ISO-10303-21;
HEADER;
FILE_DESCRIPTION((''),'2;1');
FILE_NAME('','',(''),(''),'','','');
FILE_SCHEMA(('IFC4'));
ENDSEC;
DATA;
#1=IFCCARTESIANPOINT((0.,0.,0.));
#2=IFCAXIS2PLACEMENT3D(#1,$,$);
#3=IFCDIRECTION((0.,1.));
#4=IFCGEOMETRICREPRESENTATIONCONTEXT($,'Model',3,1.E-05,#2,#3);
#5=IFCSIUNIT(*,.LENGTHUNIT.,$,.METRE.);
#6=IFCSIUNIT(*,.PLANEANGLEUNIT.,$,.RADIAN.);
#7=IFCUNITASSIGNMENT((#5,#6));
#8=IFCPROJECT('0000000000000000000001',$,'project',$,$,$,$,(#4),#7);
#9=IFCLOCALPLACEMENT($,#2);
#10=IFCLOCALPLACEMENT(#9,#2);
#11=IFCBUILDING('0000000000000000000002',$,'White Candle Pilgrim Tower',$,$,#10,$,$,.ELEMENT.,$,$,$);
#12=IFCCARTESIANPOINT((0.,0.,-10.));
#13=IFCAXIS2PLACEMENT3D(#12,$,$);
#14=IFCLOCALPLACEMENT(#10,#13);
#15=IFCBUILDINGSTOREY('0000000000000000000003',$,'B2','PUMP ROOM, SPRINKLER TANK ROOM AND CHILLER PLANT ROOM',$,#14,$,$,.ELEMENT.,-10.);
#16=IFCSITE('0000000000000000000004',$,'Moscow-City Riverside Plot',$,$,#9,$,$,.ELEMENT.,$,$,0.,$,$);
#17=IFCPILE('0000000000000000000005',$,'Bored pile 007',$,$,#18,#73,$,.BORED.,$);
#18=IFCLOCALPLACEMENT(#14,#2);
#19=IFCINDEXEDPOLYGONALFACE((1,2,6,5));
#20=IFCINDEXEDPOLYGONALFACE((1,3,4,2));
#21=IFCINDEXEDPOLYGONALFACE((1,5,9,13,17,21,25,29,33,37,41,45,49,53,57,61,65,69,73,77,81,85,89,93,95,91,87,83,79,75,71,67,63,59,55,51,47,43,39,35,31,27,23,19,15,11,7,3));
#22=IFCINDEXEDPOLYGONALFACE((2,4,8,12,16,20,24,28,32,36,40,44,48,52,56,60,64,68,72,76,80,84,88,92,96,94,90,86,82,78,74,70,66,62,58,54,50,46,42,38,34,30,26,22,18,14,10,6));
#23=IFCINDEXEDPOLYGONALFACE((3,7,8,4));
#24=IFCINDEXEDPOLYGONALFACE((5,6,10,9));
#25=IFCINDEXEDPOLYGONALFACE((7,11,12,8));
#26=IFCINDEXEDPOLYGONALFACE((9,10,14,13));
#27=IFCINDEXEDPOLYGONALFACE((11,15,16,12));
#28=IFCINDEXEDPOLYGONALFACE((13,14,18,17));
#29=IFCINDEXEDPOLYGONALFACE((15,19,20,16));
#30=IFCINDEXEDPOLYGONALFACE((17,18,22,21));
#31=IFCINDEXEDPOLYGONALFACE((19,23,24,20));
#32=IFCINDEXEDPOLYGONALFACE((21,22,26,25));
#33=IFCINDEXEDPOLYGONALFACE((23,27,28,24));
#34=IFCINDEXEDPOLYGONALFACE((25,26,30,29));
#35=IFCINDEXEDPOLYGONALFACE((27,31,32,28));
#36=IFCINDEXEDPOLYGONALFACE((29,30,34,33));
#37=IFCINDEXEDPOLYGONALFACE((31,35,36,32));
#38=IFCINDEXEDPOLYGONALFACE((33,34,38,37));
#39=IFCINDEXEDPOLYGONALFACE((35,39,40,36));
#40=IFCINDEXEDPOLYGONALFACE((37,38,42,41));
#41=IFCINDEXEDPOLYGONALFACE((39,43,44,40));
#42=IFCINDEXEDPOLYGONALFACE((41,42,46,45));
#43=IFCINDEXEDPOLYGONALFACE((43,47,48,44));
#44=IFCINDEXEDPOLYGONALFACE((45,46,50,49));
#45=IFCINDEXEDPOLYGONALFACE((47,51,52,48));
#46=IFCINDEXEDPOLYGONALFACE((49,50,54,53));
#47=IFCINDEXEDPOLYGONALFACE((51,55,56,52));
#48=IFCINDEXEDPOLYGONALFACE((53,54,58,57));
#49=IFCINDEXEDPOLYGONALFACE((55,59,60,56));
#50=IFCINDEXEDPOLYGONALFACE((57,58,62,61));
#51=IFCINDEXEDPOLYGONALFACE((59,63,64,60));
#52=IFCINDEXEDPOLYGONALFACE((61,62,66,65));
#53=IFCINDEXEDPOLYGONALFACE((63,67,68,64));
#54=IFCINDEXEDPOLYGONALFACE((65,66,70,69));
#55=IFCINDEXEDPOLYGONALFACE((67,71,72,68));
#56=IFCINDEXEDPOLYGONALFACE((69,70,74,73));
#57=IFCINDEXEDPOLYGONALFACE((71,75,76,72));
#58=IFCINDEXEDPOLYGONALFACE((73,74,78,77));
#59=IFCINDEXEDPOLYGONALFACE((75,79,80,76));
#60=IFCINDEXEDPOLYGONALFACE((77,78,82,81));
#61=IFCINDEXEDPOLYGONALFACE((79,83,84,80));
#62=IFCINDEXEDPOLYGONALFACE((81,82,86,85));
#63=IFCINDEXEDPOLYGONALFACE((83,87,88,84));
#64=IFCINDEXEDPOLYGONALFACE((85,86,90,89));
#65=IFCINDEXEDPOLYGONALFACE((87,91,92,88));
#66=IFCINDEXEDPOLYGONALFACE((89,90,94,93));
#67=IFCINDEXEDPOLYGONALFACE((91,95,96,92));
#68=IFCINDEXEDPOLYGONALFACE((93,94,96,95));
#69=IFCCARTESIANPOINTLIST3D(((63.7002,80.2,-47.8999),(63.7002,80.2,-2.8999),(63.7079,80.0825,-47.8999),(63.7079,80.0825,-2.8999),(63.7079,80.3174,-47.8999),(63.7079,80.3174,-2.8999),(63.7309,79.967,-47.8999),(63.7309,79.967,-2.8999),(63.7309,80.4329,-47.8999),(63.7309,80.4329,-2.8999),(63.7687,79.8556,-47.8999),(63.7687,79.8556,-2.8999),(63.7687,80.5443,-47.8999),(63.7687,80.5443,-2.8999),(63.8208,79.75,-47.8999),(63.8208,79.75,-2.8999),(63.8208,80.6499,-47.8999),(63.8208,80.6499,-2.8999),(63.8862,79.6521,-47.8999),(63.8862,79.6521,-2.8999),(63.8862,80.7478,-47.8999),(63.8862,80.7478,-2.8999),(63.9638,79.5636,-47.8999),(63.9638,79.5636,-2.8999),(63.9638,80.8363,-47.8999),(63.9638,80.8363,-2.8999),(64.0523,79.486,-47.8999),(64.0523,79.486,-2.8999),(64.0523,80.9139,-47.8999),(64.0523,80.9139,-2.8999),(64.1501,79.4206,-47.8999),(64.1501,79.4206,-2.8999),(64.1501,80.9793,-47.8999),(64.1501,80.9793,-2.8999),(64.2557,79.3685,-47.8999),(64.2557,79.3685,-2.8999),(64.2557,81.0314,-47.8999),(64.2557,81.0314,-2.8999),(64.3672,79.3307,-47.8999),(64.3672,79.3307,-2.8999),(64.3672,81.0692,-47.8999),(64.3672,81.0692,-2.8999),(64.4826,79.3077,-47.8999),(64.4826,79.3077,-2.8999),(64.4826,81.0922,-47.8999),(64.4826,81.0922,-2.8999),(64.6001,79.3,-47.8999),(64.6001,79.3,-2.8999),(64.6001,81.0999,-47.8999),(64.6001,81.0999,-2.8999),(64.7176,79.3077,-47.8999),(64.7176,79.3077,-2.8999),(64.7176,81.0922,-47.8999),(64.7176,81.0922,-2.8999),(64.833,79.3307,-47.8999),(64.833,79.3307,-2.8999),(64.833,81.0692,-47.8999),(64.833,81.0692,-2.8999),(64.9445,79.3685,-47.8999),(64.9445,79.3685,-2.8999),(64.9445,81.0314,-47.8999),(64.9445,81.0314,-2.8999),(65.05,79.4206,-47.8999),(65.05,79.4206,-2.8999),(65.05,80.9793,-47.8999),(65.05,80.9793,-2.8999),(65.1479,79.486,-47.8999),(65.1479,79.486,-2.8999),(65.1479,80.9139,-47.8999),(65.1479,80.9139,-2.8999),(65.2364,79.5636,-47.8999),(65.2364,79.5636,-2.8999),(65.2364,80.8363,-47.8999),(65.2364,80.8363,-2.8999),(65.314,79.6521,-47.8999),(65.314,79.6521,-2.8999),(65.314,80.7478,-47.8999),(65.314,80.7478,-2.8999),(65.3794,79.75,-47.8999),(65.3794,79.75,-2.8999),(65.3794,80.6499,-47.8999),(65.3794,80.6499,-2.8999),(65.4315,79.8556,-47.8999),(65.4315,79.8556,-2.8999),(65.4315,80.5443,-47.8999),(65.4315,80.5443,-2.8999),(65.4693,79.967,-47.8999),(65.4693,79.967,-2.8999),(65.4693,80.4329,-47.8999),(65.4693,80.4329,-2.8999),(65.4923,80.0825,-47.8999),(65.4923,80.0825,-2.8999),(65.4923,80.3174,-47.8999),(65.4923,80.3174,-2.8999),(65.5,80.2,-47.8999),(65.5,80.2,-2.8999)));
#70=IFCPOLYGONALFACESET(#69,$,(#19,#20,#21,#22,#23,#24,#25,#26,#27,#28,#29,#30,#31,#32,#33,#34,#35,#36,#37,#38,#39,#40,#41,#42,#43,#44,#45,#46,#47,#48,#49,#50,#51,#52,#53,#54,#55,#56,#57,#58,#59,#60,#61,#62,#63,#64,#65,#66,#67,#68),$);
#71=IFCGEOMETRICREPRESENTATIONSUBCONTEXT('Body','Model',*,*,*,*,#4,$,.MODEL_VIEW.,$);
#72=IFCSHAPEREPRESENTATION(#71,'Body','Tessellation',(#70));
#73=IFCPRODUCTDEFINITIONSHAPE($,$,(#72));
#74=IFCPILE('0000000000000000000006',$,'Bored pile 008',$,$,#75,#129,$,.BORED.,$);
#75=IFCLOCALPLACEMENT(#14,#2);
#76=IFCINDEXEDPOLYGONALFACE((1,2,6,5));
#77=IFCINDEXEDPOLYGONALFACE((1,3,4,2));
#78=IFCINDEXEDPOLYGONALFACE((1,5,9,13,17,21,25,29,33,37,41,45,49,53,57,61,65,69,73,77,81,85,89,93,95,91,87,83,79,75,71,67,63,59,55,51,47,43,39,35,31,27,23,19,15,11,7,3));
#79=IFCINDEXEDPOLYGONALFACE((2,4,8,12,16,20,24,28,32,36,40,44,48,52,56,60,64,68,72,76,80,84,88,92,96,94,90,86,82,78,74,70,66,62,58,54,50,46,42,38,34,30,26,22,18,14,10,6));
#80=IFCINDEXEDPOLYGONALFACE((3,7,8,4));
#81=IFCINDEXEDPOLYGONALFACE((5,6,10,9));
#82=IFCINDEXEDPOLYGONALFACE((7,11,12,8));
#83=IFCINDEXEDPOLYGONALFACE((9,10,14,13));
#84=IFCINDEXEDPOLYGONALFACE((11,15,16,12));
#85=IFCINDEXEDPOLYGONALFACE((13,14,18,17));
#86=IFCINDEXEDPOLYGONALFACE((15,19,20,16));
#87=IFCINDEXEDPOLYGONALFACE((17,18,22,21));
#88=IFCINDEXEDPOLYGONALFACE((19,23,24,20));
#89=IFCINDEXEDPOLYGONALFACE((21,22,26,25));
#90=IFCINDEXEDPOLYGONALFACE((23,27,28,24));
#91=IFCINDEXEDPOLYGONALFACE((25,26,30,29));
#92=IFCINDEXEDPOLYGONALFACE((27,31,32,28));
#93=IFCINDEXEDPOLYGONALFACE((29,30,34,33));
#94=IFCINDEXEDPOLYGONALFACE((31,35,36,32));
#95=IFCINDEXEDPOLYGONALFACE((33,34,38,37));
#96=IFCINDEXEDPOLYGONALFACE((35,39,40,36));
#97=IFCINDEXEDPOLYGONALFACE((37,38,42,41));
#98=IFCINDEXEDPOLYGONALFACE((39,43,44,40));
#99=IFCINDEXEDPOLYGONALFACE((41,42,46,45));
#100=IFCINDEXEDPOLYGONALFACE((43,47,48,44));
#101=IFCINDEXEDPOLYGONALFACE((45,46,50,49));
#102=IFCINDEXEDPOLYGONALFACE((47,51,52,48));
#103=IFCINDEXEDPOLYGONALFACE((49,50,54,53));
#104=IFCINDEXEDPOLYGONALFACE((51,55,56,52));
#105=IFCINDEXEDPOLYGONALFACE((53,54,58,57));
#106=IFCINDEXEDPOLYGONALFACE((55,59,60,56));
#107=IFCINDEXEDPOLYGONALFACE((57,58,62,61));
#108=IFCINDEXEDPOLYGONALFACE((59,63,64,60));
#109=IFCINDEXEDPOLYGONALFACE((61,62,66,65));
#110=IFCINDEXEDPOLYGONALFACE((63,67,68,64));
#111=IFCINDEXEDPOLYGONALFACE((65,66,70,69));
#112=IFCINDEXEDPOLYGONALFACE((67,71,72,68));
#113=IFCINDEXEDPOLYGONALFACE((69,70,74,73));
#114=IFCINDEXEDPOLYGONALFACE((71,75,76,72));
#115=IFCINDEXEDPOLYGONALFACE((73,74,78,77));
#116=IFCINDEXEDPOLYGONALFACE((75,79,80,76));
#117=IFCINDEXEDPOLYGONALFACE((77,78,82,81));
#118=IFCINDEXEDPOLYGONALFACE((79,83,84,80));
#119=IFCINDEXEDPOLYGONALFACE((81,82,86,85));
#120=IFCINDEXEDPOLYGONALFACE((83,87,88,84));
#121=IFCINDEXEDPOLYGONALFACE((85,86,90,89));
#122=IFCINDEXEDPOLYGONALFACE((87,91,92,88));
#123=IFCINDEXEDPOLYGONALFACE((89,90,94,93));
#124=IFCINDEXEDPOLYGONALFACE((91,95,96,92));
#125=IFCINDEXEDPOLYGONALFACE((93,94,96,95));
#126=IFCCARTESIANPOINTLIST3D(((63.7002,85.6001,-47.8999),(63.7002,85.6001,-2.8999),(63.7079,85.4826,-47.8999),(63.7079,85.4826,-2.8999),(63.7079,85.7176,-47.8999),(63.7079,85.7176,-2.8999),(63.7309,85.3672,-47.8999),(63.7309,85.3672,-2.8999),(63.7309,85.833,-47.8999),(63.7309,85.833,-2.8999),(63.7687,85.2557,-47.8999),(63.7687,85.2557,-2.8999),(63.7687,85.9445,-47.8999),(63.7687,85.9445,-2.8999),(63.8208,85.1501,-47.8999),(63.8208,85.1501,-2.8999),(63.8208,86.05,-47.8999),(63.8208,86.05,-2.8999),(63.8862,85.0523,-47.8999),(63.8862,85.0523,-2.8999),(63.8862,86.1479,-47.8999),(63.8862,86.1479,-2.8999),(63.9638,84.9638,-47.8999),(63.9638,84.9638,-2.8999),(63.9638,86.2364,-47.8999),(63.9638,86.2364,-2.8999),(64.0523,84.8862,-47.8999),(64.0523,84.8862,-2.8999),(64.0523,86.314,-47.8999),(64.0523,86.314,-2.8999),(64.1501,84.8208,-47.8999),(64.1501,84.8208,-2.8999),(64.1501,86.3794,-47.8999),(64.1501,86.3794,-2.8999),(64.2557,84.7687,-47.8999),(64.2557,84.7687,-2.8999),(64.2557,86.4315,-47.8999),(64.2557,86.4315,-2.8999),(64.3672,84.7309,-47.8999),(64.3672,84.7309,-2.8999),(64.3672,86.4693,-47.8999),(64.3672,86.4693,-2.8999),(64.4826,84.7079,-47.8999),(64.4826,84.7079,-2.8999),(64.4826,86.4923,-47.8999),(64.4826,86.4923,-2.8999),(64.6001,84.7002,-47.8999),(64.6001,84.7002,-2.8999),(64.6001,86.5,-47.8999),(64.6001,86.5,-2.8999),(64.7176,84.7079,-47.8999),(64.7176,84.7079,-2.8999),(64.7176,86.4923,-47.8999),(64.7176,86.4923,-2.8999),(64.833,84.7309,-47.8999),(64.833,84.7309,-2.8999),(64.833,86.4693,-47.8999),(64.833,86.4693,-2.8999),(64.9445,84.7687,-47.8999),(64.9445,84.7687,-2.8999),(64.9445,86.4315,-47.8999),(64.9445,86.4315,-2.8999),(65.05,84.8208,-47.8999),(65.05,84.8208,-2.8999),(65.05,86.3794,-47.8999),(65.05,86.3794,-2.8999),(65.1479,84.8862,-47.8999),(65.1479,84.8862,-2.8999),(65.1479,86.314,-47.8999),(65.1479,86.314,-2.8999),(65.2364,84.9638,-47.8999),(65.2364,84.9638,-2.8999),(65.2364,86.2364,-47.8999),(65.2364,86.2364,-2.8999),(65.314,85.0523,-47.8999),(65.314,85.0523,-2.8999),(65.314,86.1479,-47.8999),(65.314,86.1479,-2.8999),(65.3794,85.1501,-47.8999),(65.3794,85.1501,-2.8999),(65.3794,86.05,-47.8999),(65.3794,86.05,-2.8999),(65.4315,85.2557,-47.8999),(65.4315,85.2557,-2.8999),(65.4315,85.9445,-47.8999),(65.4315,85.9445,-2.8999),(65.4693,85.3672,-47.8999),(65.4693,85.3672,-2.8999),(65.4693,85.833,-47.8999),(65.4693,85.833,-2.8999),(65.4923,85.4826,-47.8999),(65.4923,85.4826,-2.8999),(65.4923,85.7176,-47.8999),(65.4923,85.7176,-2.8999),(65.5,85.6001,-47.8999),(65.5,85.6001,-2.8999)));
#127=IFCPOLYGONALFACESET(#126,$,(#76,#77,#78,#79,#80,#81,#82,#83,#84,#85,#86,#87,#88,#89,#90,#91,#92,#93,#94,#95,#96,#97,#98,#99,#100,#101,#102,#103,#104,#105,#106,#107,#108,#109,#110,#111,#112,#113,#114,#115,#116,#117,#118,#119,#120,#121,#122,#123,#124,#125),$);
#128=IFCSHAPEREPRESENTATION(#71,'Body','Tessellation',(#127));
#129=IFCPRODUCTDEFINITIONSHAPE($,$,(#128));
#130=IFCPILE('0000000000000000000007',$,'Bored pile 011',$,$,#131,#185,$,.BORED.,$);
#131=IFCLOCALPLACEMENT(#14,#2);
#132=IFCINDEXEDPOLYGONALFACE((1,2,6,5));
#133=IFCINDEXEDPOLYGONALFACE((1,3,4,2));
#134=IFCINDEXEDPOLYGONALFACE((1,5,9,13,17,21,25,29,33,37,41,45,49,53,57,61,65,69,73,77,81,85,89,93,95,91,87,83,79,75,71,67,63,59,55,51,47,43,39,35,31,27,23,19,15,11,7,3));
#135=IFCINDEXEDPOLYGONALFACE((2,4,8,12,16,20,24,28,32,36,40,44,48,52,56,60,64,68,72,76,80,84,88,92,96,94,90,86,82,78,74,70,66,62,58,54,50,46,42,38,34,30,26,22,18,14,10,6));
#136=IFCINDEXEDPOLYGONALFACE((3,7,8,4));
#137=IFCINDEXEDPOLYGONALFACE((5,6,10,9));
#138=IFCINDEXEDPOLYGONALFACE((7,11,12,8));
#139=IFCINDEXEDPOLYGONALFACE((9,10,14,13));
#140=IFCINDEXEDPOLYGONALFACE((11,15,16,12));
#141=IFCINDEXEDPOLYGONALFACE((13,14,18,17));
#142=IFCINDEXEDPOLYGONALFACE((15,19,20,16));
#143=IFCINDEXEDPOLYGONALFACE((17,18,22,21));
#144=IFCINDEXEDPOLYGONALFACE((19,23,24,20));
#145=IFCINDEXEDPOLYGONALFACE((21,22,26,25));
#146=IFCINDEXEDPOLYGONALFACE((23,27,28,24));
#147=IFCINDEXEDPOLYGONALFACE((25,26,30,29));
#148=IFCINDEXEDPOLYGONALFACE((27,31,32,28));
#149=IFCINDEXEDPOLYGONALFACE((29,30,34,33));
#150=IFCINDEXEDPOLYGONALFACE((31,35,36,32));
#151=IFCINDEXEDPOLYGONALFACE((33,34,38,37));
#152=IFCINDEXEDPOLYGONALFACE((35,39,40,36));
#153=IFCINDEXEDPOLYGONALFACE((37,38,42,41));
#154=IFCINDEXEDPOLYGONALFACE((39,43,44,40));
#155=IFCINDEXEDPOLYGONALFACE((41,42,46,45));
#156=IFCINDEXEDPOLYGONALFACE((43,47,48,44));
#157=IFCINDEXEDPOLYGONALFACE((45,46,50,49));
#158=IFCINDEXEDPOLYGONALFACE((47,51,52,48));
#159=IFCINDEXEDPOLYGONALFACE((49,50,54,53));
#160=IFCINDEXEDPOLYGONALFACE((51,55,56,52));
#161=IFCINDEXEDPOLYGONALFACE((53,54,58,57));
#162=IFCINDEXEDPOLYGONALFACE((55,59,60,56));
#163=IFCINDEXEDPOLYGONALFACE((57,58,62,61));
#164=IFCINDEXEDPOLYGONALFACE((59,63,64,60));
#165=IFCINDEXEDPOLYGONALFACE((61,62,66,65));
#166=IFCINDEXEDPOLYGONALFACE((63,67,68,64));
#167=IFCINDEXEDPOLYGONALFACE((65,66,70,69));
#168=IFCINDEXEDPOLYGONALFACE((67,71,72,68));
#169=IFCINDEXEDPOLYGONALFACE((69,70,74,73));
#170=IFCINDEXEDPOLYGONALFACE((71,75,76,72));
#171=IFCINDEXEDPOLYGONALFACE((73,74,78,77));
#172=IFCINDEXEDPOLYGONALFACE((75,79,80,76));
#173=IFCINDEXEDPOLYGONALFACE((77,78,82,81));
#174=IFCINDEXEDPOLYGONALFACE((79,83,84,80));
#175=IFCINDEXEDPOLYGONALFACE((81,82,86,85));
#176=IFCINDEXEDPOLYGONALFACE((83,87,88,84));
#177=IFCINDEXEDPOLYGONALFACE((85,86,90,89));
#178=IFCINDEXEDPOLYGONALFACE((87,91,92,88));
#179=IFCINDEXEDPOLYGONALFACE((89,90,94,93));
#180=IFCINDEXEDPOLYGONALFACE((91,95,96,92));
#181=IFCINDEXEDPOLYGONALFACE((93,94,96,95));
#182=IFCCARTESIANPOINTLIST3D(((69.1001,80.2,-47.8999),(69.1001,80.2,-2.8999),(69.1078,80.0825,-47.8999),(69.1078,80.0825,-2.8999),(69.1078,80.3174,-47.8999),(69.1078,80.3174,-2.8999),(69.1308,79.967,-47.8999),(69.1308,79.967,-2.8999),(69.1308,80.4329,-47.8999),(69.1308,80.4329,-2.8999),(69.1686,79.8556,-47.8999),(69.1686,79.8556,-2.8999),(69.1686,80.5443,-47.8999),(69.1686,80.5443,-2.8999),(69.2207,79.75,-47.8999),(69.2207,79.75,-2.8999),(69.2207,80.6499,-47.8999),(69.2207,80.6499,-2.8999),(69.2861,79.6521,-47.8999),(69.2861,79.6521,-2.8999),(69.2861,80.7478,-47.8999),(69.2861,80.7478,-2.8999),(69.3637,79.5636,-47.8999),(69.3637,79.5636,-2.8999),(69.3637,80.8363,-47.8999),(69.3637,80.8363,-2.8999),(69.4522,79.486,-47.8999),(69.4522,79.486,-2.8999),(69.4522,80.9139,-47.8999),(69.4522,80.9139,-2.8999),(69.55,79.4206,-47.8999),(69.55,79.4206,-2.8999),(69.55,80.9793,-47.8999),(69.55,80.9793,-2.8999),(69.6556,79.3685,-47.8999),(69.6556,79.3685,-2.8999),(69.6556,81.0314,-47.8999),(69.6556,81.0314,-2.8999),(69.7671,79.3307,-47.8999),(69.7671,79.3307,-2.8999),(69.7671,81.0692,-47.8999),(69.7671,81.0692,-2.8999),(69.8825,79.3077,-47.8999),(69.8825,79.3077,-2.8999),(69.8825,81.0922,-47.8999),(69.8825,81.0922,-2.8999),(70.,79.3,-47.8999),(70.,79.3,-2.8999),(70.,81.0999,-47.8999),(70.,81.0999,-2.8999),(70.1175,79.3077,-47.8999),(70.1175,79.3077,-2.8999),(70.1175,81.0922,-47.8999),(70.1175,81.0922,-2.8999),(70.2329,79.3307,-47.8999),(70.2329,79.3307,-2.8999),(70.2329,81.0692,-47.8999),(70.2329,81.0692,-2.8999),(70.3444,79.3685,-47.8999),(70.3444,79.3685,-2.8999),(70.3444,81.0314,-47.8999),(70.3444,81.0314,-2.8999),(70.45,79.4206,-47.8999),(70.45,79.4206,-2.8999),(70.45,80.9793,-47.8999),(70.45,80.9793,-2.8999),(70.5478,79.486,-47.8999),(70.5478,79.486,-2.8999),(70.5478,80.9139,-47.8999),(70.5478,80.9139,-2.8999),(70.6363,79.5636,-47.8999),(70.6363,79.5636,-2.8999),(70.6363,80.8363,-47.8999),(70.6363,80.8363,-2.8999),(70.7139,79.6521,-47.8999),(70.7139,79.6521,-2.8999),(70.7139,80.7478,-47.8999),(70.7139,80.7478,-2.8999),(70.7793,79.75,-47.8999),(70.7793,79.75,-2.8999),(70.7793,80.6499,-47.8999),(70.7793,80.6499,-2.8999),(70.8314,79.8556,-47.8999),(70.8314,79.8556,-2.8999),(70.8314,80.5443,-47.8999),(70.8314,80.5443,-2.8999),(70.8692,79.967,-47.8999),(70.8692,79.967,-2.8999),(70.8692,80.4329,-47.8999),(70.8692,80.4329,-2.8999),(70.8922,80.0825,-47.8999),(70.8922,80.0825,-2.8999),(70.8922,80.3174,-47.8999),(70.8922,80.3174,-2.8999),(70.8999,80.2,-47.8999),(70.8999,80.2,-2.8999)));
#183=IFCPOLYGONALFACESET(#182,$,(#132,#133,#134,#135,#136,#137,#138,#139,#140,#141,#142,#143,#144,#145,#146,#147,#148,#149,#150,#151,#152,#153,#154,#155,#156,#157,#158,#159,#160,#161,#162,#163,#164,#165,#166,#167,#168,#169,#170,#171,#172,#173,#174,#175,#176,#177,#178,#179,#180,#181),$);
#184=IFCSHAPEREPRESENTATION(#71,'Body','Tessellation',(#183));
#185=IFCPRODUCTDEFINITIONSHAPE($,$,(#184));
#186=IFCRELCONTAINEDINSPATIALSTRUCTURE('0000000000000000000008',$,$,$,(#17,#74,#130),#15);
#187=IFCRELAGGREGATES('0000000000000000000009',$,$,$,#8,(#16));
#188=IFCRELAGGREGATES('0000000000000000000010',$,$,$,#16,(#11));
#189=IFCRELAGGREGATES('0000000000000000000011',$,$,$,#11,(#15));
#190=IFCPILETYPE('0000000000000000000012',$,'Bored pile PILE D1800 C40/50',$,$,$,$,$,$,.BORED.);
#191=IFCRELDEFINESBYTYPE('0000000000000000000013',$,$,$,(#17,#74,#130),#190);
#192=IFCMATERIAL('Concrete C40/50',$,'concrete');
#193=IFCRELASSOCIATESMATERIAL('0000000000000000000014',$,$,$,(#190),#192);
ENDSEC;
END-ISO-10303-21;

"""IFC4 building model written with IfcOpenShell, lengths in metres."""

from ifc_helpers import new_model, si_unit, direction, frame, origin, origin_2d, place, context, subcontext, project, spatial, circle, extrude, material, material_profile, profile_set, type_object, element, save


model = new_model("IFC4")

# Units and contexts
model_context = context("Model", 3, precision=1e-05, world=origin(), true_north=direction((0.0, 1.0)))
body_context = subcontext(model_context, "Body", "Model", "MODEL_VIEW")
ifc_project = project(units=[si_unit("LENGTHUNIT", "METRE"), si_unit("PLANEANGLEUNIT", "RADIAN")], contexts=[model_context])

# Site, building, storey
site_placement = place(None, origin())
site = spatial("IfcSite", under=ifc_project, at=site_placement, Name="Moscow-City Riverside Plot", CompositionType="ELEMENT", RefElevation=0.0)
building_placement = place(site_placement, origin())
building = spatial("IfcBuilding", under=site, at=building_placement, Name="White Candle Pilgrim Tower", CompositionType="ELEMENT")
storey_placement = place(building_placement, frame((0.0, 0.0, -10.0)))
storey = spatial("IfcBuildingStorey", under=building, at=storey_placement, Name="B2", Description="PUMP ROOM, SPRINKLER TANK ROOM AND CHILLER PLANT ROOM", CompositionType="ELEMENT", Elevation=-10.0)

# Piles
ifc_material_1 = material(Name="Concrete C40/50", Category="concrete")
ifc_material_profile = material_profile(ifc_material_1, circle(Radius=0.8999, at=origin_2d()), Name="PILE D1800")
ifc_profile_set = profile_set([ifc_material_profile], Name="Concrete C40/50")
pile_type = type_object("IfcPileType", Name="Bored pile PILE D1800 C40/50", PredefinedType="BORED", material=ifc_profile_set)
for number, where, z_axis, x_axis, name in (
    (1, (64.6001, 80.2, -2.8999), (0.0, 0.0, -1.0), (1.0, 0.0, 0.0), "Bored pile 007"),
    (2, (64.6001, 85.6001, -2.8999), (0.0, 0.0, -1.0), (1.0, 0.0, 0.0), "Bored pile 008"),
    (3, (70.0, 80.2, -2.8999), (0.0, 0.0, -1.0), (1.0, 0.0, 0.0), "Bored pile 011"),
):
    element("IfcPile", number, at=place(storey_placement, frame(where, z_axis=z_axis, x_axis=x_axis)), inside=storey, type_object=pile_type, Name=name, PredefinedType="BORED", context=body_context, shape_type="SweptSolid", body=[
        extrude(circle(Radius=0.8999, at=origin_2d()), origin(), (0.0, 0.0, 1.0), 45.0),
    ])

save(model, "model.ifc")
